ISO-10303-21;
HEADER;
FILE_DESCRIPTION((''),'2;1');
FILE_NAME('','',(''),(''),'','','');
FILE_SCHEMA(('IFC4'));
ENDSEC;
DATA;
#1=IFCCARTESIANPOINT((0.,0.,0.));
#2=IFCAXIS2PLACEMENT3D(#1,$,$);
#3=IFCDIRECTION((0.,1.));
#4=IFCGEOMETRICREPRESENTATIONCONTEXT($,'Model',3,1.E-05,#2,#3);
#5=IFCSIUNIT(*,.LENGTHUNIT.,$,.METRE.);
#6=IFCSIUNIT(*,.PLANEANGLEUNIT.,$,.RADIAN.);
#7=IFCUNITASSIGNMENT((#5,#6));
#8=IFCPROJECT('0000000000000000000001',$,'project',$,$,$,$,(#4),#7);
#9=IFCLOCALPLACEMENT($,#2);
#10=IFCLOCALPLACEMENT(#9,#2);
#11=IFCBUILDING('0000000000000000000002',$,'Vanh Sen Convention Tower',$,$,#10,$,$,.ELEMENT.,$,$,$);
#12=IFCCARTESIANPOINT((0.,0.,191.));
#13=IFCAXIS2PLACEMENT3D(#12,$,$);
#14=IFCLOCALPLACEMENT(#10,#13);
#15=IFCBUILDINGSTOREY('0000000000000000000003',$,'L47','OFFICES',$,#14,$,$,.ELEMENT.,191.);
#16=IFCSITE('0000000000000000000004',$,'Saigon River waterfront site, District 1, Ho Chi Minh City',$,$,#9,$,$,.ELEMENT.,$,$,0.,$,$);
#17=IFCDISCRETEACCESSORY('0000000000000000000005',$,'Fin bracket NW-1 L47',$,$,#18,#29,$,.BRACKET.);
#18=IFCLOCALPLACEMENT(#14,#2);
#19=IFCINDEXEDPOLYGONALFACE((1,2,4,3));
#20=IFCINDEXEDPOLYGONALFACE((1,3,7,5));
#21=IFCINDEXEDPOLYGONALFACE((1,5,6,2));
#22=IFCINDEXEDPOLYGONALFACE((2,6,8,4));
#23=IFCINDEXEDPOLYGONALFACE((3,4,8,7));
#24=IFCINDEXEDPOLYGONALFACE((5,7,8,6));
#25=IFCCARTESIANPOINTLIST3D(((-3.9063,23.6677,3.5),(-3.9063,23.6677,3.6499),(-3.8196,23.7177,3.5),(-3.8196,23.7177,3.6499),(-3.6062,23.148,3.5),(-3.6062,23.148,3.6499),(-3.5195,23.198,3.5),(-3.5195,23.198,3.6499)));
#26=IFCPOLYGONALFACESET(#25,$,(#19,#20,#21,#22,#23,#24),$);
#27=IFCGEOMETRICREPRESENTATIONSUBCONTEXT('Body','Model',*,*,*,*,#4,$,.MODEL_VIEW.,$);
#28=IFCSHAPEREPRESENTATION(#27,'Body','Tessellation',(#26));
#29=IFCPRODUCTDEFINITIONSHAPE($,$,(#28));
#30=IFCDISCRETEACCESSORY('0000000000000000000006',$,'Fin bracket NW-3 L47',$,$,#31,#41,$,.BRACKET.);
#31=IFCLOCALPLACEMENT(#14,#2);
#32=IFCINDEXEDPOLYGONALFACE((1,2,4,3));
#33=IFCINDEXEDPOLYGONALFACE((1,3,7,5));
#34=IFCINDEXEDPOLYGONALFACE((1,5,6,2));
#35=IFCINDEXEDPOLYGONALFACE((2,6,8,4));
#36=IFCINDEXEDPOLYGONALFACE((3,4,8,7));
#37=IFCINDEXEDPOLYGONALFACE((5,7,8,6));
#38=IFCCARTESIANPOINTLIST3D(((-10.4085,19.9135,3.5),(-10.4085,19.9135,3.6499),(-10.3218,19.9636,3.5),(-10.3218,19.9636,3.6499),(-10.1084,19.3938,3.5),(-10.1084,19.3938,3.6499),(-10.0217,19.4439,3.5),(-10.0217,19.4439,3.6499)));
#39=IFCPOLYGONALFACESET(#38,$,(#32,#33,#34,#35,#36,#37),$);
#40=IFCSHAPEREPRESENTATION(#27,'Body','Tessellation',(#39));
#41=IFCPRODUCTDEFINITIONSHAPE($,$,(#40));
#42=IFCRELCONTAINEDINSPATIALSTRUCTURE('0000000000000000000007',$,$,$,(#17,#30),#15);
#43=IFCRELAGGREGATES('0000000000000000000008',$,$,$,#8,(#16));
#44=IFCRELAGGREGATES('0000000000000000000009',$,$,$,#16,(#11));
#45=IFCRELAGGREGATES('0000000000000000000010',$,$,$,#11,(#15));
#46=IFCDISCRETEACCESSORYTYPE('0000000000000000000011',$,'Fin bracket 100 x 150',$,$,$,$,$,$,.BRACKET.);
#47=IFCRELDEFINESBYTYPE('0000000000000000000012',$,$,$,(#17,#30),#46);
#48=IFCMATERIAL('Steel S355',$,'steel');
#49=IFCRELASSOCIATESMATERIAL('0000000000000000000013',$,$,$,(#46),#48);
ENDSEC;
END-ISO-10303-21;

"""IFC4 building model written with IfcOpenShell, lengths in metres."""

from ifc_helpers import new_model, si_unit, direction, frame, origin, origin_2d, place, context, subcontext, project, spatial, rectangle, extrude, material, type_object, element, save


model = new_model("IFC4")

# Units and contexts
model_context = context("Model", 3, precision=1e-05, world=origin(), true_north=direction((0.0, 1.0)))
body_context = subcontext(model_context, "Body", "Model", "MODEL_VIEW")
ifc_project = project(units=[si_unit("LENGTHUNIT", "METRE"), si_unit("PLANEANGLEUNIT", "RADIAN")], contexts=[model_context])

# Site, building, storey
site_placement = place(None, origin())
site = spatial("IfcSite", under=ifc_project, at=site_placement, Name="Saigon River waterfront site, District 1, Ho Chi Minh City", CompositionType="ELEMENT", RefElevation=0.0)
building_placement = place(site_placement, origin())
building = spatial("IfcBuilding", under=site, at=building_placement, Name="Vanh Sen Convention Tower", CompositionType="ELEMENT")
storey_placement = place(building_placement, frame((0.0, 0.0, 191.0)))
storey = spatial("IfcBuildingStorey", under=building, at=storey_placement, Name="L47", Description="OFFICES", CompositionType="ELEMENT", Elevation=191.0)

# Discrete accessories
ifc_material_1 = material(Name="Steel S355", Category="steel")
discrete_accessory_type = type_object("IfcDiscreteAccessoryType", Name="Fin bracket 100 x 150", PredefinedType="BRACKET", material=ifc_material_1)
for number, where, z_axis, x_axis, name in (
    (1, (-3.7129, 23.4329, 3.5), (0.0, 0.0, 1.0), (-0.5, 0.866025, 0.0), "Fin bracket NW-1 L47"),
    (2, (-10.2151, 19.6787, 3.5), (0.0, 0.0, 1.0), (-0.5, 0.866025, 0.0), "Fin bracket NW-3 L47"),
):
    element("IfcDiscreteAccessory", number, at=place(storey_placement, frame(where, z_axis=z_axis, x_axis=x_axis)), inside=storey, type_object=discrete_accessory_type, Name=name, PredefinedType="BRACKET", context=body_context, shape_type="SweptSolid", body=[
        extrude(rectangle(XDim=0.6001, YDim=0.1001, at=origin_2d()), origin(), (0.0, 0.0, 1.0), 0.1499),
    ])

save(model, "model.ifc")
